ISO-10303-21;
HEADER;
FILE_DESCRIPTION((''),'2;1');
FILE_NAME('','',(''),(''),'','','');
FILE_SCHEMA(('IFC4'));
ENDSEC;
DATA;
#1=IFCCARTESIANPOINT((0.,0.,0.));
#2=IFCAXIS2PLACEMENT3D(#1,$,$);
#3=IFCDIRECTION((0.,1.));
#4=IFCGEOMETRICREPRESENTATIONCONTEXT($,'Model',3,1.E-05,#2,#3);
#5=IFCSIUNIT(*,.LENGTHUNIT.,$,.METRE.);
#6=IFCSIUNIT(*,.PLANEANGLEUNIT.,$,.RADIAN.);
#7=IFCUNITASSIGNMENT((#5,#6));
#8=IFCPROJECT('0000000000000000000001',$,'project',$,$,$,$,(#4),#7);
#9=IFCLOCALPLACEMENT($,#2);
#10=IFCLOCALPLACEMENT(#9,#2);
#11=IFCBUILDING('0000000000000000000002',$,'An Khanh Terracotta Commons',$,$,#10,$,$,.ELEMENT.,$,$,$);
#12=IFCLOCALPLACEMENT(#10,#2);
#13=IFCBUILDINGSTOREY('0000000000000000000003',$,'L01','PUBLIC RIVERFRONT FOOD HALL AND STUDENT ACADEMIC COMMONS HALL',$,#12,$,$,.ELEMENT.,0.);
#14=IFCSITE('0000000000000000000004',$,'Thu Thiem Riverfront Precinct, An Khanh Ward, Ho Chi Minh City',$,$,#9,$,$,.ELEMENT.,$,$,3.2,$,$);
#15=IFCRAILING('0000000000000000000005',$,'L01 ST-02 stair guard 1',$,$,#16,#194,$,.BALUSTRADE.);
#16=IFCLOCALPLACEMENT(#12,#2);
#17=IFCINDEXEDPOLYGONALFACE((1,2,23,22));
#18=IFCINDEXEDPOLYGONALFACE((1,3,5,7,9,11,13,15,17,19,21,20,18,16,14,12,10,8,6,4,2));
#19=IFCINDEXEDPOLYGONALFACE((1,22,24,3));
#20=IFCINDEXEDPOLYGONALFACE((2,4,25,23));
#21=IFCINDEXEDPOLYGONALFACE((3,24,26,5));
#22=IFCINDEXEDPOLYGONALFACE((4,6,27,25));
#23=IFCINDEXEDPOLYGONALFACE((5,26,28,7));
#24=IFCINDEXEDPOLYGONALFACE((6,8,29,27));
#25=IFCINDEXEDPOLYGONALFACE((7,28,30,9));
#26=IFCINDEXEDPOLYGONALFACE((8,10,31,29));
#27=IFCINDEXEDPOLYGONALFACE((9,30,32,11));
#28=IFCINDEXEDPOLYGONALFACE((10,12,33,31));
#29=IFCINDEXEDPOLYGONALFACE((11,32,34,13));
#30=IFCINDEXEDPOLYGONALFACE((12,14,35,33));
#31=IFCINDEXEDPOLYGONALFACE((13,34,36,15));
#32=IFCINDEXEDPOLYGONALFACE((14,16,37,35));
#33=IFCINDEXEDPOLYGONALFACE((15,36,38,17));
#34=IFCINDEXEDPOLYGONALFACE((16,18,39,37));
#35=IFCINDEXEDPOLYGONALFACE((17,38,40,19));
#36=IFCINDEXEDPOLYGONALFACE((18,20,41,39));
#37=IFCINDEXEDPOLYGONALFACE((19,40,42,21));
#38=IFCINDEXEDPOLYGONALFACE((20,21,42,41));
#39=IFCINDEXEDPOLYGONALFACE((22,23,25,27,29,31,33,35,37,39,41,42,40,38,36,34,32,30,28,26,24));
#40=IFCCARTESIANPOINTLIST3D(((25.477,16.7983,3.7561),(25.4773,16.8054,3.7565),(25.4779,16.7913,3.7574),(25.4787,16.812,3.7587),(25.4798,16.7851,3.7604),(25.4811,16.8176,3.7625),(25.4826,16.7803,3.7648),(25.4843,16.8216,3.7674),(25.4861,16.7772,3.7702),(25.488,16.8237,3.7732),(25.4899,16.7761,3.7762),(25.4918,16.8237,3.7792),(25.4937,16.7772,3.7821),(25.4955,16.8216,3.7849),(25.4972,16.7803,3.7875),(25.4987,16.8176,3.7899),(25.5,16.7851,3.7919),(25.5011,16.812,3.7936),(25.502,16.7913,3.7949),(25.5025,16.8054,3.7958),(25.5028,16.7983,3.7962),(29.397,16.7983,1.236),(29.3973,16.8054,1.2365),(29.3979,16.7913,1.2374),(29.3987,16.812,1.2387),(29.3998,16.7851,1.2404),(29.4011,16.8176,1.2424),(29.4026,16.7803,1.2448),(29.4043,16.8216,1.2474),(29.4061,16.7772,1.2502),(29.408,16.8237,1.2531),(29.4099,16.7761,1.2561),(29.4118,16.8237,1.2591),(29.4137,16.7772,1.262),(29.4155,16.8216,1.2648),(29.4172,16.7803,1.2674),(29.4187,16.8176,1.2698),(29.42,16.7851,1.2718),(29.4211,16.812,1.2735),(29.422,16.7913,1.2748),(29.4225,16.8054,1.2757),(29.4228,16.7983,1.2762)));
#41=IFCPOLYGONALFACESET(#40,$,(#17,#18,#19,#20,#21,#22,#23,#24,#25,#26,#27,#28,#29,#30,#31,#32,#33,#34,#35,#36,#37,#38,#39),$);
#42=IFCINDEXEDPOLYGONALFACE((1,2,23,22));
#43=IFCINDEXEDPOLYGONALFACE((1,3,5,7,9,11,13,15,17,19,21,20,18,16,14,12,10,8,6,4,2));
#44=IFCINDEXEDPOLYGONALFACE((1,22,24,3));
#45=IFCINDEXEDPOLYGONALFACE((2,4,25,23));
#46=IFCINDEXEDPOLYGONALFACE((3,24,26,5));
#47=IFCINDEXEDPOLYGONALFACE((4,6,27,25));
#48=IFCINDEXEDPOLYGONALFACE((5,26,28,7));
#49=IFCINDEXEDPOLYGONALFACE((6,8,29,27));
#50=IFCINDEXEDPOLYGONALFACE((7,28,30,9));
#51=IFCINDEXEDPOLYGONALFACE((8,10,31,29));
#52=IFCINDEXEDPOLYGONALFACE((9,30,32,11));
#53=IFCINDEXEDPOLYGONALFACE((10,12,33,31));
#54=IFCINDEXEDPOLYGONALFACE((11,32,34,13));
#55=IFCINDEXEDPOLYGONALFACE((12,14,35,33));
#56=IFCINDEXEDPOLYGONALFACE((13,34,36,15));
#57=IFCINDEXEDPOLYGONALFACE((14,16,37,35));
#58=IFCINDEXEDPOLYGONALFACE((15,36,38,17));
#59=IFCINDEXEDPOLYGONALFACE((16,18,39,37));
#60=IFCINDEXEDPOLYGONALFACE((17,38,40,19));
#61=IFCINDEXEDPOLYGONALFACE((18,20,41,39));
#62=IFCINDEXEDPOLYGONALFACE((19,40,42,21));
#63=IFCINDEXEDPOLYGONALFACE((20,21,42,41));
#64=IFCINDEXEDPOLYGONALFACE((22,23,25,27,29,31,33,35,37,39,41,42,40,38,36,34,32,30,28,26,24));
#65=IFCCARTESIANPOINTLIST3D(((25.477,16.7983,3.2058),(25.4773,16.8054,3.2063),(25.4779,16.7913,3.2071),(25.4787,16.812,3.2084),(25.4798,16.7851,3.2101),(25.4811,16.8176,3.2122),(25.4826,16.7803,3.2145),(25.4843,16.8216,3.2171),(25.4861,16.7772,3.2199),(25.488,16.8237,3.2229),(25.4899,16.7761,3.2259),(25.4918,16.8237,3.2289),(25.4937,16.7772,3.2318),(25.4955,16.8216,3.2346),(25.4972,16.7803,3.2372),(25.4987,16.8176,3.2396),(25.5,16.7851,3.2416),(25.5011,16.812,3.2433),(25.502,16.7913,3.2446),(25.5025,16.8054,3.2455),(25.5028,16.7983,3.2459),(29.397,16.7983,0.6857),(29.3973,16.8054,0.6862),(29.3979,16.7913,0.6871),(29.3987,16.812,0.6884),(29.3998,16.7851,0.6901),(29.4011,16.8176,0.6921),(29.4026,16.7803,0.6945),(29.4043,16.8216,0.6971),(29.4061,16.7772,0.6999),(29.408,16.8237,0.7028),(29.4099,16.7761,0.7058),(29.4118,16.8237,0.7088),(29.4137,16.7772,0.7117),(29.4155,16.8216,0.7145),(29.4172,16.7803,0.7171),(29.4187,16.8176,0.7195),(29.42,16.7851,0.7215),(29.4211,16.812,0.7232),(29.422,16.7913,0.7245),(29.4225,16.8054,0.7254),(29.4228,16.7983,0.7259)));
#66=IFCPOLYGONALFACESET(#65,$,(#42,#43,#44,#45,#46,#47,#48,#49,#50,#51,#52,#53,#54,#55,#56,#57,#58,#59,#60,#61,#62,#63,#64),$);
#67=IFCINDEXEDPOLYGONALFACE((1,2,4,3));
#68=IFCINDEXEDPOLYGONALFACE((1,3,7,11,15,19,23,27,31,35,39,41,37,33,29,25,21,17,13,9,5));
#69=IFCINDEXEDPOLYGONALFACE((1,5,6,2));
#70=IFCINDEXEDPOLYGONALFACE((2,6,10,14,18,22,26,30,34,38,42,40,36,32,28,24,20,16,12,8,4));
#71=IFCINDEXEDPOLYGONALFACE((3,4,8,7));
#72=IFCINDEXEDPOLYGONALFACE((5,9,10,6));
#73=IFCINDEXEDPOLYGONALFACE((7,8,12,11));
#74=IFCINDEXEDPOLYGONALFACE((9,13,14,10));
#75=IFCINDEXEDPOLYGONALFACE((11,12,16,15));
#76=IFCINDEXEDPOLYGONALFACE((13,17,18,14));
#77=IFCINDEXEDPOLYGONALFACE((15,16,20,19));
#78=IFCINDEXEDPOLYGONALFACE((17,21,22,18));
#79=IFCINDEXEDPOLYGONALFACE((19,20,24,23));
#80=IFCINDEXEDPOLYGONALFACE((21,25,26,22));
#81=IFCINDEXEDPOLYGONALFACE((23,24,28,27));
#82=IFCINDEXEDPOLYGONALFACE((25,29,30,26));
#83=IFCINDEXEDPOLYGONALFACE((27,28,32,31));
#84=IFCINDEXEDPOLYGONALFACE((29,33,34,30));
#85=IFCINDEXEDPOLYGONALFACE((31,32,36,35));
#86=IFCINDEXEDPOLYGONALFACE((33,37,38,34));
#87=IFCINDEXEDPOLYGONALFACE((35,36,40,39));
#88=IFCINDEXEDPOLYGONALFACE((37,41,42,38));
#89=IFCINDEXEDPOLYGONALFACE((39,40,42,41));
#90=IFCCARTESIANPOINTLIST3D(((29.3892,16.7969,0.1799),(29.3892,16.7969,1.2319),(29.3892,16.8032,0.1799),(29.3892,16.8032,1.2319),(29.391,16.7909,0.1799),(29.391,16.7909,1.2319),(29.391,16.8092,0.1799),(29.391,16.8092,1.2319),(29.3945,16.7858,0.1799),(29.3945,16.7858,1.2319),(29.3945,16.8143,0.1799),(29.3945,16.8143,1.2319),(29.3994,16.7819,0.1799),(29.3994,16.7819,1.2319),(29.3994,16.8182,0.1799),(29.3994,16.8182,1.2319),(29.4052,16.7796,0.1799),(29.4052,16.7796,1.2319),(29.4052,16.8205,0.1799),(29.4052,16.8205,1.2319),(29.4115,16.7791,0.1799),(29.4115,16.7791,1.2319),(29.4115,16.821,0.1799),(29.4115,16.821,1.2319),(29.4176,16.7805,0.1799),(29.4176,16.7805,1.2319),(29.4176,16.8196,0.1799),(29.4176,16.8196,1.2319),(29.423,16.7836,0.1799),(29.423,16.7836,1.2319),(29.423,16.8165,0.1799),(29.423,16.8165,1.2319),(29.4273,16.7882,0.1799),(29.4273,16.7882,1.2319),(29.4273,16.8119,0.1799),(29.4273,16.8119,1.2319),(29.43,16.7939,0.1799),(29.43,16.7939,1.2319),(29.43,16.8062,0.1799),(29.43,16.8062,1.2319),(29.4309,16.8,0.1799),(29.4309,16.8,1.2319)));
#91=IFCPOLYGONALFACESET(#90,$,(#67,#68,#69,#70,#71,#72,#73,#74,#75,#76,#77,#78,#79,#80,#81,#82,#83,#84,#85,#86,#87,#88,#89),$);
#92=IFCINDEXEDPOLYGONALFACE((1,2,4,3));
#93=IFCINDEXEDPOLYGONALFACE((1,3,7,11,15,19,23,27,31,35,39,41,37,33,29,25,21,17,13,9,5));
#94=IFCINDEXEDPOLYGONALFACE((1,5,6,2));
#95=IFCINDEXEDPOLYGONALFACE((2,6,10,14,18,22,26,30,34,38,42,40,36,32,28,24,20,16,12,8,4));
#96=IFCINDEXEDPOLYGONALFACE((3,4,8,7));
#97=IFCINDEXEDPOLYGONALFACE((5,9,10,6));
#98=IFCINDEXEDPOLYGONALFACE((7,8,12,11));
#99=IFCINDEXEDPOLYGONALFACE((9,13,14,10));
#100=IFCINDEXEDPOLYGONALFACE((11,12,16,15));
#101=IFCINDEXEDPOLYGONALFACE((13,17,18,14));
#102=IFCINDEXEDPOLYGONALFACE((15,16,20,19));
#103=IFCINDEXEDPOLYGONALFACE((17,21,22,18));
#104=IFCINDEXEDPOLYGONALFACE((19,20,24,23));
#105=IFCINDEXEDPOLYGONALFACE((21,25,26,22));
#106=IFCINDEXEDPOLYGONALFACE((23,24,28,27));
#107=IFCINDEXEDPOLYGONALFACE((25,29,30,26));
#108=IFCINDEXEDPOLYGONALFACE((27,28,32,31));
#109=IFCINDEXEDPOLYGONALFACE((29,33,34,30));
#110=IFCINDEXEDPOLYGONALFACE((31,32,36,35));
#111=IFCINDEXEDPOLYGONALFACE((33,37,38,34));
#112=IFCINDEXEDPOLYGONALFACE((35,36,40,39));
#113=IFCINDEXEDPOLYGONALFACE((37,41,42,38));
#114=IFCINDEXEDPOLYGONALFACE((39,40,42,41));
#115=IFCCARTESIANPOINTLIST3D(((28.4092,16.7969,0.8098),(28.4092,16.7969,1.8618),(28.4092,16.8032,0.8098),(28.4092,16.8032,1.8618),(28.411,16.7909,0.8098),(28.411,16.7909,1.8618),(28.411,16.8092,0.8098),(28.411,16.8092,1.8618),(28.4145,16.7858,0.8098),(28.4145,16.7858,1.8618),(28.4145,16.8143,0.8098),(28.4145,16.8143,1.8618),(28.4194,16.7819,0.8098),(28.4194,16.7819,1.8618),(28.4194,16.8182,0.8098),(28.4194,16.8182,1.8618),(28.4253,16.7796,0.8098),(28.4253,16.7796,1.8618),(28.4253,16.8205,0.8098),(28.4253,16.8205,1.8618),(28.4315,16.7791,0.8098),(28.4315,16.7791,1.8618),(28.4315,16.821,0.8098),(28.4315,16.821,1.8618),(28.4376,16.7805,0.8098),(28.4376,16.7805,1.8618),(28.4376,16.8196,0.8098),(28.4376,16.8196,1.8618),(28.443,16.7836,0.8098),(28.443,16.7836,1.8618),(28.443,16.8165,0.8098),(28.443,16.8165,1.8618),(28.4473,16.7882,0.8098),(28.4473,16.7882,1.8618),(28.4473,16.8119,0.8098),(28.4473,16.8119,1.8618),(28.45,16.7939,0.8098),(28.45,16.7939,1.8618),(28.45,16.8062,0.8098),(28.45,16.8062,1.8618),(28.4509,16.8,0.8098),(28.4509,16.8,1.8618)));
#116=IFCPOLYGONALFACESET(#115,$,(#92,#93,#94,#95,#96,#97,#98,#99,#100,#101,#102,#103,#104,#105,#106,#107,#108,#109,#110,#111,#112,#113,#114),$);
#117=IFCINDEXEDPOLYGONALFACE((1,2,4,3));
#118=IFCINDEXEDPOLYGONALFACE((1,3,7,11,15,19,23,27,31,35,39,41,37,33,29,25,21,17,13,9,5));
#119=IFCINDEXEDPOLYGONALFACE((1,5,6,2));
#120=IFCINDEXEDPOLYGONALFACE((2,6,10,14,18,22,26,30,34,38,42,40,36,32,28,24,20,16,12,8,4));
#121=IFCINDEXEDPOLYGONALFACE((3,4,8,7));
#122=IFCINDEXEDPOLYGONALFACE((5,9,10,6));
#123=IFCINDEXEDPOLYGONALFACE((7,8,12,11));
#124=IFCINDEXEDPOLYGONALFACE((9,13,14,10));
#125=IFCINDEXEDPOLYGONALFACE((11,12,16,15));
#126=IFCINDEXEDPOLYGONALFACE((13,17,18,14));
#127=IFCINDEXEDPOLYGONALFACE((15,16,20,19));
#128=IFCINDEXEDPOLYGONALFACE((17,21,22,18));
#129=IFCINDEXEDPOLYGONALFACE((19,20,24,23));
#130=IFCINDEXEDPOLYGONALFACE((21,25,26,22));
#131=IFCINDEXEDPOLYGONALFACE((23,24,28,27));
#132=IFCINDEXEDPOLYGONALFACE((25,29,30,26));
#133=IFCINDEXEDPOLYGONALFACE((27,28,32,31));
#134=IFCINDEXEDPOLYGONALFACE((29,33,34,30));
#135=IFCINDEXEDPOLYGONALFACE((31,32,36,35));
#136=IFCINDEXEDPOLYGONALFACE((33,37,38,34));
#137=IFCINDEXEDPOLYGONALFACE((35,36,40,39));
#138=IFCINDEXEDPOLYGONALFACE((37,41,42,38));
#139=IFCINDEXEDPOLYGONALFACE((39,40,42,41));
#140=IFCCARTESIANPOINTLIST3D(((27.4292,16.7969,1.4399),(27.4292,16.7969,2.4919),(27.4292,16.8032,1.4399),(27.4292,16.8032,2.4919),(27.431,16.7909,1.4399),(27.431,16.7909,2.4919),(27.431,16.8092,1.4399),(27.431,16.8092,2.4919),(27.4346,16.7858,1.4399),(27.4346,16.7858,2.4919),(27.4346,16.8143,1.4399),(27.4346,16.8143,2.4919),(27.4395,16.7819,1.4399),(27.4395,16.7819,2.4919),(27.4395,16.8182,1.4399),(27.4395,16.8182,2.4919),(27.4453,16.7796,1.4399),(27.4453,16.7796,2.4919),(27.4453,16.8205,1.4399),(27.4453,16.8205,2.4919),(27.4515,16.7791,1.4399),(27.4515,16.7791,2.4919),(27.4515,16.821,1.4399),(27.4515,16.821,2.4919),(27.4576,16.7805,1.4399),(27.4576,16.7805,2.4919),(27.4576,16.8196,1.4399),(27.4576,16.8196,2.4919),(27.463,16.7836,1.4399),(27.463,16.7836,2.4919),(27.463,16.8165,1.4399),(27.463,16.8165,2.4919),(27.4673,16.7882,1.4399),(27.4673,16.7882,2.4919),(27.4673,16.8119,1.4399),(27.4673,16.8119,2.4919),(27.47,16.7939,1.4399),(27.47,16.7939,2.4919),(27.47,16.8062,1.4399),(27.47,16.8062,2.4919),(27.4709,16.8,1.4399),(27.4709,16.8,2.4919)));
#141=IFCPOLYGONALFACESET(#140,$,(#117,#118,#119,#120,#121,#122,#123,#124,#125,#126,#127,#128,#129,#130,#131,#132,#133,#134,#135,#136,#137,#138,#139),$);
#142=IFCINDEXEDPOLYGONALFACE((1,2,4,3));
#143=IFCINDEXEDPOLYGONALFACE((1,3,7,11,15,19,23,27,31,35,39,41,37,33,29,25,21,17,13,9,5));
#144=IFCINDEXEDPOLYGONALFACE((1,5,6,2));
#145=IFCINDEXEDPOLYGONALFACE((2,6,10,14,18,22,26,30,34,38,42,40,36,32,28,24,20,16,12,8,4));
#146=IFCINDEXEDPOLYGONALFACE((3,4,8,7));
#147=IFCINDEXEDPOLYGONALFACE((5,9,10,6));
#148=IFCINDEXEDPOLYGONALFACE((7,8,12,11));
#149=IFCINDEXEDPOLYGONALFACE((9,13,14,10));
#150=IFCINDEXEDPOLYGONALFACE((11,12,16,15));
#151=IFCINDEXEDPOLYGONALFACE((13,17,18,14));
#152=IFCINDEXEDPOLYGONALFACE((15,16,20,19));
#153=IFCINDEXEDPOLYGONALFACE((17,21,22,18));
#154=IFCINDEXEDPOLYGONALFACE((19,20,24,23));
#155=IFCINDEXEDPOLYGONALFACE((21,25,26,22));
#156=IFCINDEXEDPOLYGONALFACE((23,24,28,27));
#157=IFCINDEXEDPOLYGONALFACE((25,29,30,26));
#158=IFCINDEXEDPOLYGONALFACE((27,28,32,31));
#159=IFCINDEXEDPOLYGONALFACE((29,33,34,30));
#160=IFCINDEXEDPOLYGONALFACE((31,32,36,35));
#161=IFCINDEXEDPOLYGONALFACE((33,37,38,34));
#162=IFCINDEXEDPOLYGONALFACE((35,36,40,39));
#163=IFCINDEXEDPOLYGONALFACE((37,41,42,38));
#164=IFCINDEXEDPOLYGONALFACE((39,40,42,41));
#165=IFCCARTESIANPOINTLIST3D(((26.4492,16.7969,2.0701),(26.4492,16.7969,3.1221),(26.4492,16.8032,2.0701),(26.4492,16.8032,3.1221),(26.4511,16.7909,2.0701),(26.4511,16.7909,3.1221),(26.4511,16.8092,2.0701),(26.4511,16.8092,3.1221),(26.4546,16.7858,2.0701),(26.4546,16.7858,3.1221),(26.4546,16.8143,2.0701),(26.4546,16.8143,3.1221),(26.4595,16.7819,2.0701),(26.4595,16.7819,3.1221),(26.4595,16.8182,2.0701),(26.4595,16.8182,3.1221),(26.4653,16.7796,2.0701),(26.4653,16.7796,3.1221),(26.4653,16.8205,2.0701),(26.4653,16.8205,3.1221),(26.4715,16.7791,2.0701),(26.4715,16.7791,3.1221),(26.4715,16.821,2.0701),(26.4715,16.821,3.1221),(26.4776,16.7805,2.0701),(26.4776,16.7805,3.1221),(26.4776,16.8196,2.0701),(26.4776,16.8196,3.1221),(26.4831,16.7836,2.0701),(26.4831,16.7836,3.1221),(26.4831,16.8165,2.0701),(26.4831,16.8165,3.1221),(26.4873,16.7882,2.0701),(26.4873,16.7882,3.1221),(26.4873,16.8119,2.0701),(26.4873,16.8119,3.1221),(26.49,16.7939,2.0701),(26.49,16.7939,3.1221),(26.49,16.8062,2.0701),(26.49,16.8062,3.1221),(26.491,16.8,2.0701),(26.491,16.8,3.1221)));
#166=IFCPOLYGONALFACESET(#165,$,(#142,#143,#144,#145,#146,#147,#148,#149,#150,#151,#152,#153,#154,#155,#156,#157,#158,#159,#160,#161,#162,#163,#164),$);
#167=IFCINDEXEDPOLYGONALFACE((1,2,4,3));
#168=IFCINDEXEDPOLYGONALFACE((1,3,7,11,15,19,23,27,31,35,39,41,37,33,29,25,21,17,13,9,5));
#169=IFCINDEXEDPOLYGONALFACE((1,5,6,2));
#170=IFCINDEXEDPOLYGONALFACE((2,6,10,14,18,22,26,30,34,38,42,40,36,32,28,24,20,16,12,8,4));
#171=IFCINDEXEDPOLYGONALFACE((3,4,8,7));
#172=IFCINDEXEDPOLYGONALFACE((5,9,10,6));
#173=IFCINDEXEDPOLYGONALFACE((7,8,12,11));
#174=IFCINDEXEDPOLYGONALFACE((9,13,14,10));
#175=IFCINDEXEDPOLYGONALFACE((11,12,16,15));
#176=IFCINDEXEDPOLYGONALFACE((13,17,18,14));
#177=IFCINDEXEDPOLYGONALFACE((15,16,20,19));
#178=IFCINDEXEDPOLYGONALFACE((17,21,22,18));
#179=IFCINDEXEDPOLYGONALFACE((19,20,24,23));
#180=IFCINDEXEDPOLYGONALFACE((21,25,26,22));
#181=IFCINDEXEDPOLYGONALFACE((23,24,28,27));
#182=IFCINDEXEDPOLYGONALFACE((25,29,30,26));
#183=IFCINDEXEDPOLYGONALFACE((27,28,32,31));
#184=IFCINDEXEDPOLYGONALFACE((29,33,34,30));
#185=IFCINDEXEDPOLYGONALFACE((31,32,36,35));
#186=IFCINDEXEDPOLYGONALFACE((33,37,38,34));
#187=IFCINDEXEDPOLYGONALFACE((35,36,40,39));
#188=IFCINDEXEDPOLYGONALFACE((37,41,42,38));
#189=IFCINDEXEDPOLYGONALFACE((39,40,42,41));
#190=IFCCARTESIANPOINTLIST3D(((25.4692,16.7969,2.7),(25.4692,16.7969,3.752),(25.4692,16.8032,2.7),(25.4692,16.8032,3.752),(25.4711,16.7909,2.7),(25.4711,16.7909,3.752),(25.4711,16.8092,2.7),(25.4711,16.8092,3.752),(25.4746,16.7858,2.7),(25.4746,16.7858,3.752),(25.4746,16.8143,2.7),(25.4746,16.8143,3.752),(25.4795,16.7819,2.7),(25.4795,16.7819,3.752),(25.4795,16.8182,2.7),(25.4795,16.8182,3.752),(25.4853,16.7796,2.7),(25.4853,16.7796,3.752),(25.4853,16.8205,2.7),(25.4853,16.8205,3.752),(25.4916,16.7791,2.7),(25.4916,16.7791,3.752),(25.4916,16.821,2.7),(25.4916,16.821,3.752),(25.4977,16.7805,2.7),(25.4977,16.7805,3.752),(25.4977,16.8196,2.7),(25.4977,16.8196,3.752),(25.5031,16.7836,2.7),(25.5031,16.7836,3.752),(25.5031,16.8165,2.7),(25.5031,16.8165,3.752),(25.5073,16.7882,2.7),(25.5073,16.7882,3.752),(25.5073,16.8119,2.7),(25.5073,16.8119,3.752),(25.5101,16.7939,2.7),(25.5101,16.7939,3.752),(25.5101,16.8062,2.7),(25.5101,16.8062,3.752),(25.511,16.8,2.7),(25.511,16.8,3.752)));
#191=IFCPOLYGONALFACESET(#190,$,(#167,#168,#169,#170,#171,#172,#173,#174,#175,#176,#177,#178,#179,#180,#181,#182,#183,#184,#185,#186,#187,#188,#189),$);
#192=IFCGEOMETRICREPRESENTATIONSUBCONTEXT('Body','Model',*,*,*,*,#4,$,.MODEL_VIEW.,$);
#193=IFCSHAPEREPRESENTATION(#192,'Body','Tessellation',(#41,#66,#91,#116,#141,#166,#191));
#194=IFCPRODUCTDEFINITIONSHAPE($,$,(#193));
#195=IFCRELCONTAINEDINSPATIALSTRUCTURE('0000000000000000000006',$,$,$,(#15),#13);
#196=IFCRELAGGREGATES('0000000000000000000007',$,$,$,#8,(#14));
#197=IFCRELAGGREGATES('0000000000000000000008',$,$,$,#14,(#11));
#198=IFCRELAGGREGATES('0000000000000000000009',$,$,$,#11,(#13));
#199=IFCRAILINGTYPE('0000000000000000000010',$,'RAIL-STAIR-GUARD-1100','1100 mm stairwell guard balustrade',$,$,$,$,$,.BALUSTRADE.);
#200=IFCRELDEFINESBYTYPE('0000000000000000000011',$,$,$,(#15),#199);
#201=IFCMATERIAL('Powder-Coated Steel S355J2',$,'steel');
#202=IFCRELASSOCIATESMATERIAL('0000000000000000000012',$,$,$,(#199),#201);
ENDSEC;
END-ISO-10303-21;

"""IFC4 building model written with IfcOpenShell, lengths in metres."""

from ifc_helpers import new_model, si_unit, direction, frame, origin, origin_2d, place, context, subcontext, project, spatial, circle, extrude, material, type_object, element, save


model = new_model("IFC4")

# Units and contexts
model_context = context("Model", 3, precision=1e-05, world=origin(), true_north=direction((0.0, 1.0)))
body_context = subcontext(model_context, "Body", "Model", "MODEL_VIEW")
ifc_project = project(units=[si_unit("LENGTHUNIT", "METRE"), si_unit("PLANEANGLEUNIT", "RADIAN")], contexts=[model_context])

# Site, building, storey
site_placement = place(None, origin())
site = spatial("IfcSite", under=ifc_project, at=site_placement, Name="Thu Thiem Riverfront Precinct, An Khanh Ward, Ho Chi Minh City", CompositionType="ELEMENT", RefElevation=3.2)
building_placement = place(site_placement, origin())
building = spatial("IfcBuilding", under=site, at=building_placement, Name="An Khanh Terracotta Commons", CompositionType="ELEMENT")
storey_placement = place(building_placement, origin())
storey = spatial("IfcBuildingStorey", under=building, at=storey_placement, Name="L01", Description="PUBLIC RIVERFRONT FOOD HALL AND STUDENT ACADEMIC COMMONS HALL", CompositionType="ELEMENT", Elevation=0.0)

# Railing
ifc_material_1 = material(Name="Powder-Coated Steel S355J2", Category="steel")
railing_type_1 = type_object("IfcRailingType", Name="RAIL-STAIR-GUARD-1100", Description="1100 mm stairwell guard balustrade", PredefinedType="BALUSTRADE", material=ifc_material_1)
railing_1_placement = place(storey_placement, frame((29.4099, 16.8, 0.1799)))
element("IfcRailing", 1, at=railing_1_placement, inside=storey, type_object=railing_type_1, Name="L01 ST-02 stair guard 1", PredefinedType="BALUSTRADE", context=body_context, shape_type="SweptSolid", body=[
    extrude(circle(Radius=0.0239, at=origin_2d()), frame((0.0, 0.0, 1.0762), z_axis=(-0.841172, 0.0, 0.540768), x_axis=(0.0, -1.0, 0.0)), (0.0, 0.0, 1.0), 4.6602),
    extrude(circle(Radius=0.0239, at=origin_2d()), frame((0.0, 0.0, 0.5259), z_axis=(-0.841172, 0.0, 0.540768), x_axis=(0.0, -1.0, 0.0)), (0.0, 0.0, 1.0), 4.6602),
    extrude(circle(Radius=0.021, at=origin_2d()), origin(), (0.0, 0.0, 1.0), 1.052),
    extrude(circle(Radius=0.021, at=origin_2d()), frame((-0.98, 0.0, 0.6299)), (0.0, 0.0, 1.0), 1.052),
    extrude(circle(Radius=0.021, at=origin_2d()), frame((-1.96, 0.0, 1.26)), (0.0, 0.0, 1.0), 1.052),
    extrude(circle(Radius=0.021, at=origin_2d()), frame((-2.9399, 0.0, 1.8901)), (0.0, 0.0, 1.0), 1.052),
    extrude(circle(Radius=0.021, at=origin_2d()), frame((-3.9199, 0.0, 2.52)), (0.0, 0.0, 1.0), 1.052),
])

save(model, "model.ifc")
